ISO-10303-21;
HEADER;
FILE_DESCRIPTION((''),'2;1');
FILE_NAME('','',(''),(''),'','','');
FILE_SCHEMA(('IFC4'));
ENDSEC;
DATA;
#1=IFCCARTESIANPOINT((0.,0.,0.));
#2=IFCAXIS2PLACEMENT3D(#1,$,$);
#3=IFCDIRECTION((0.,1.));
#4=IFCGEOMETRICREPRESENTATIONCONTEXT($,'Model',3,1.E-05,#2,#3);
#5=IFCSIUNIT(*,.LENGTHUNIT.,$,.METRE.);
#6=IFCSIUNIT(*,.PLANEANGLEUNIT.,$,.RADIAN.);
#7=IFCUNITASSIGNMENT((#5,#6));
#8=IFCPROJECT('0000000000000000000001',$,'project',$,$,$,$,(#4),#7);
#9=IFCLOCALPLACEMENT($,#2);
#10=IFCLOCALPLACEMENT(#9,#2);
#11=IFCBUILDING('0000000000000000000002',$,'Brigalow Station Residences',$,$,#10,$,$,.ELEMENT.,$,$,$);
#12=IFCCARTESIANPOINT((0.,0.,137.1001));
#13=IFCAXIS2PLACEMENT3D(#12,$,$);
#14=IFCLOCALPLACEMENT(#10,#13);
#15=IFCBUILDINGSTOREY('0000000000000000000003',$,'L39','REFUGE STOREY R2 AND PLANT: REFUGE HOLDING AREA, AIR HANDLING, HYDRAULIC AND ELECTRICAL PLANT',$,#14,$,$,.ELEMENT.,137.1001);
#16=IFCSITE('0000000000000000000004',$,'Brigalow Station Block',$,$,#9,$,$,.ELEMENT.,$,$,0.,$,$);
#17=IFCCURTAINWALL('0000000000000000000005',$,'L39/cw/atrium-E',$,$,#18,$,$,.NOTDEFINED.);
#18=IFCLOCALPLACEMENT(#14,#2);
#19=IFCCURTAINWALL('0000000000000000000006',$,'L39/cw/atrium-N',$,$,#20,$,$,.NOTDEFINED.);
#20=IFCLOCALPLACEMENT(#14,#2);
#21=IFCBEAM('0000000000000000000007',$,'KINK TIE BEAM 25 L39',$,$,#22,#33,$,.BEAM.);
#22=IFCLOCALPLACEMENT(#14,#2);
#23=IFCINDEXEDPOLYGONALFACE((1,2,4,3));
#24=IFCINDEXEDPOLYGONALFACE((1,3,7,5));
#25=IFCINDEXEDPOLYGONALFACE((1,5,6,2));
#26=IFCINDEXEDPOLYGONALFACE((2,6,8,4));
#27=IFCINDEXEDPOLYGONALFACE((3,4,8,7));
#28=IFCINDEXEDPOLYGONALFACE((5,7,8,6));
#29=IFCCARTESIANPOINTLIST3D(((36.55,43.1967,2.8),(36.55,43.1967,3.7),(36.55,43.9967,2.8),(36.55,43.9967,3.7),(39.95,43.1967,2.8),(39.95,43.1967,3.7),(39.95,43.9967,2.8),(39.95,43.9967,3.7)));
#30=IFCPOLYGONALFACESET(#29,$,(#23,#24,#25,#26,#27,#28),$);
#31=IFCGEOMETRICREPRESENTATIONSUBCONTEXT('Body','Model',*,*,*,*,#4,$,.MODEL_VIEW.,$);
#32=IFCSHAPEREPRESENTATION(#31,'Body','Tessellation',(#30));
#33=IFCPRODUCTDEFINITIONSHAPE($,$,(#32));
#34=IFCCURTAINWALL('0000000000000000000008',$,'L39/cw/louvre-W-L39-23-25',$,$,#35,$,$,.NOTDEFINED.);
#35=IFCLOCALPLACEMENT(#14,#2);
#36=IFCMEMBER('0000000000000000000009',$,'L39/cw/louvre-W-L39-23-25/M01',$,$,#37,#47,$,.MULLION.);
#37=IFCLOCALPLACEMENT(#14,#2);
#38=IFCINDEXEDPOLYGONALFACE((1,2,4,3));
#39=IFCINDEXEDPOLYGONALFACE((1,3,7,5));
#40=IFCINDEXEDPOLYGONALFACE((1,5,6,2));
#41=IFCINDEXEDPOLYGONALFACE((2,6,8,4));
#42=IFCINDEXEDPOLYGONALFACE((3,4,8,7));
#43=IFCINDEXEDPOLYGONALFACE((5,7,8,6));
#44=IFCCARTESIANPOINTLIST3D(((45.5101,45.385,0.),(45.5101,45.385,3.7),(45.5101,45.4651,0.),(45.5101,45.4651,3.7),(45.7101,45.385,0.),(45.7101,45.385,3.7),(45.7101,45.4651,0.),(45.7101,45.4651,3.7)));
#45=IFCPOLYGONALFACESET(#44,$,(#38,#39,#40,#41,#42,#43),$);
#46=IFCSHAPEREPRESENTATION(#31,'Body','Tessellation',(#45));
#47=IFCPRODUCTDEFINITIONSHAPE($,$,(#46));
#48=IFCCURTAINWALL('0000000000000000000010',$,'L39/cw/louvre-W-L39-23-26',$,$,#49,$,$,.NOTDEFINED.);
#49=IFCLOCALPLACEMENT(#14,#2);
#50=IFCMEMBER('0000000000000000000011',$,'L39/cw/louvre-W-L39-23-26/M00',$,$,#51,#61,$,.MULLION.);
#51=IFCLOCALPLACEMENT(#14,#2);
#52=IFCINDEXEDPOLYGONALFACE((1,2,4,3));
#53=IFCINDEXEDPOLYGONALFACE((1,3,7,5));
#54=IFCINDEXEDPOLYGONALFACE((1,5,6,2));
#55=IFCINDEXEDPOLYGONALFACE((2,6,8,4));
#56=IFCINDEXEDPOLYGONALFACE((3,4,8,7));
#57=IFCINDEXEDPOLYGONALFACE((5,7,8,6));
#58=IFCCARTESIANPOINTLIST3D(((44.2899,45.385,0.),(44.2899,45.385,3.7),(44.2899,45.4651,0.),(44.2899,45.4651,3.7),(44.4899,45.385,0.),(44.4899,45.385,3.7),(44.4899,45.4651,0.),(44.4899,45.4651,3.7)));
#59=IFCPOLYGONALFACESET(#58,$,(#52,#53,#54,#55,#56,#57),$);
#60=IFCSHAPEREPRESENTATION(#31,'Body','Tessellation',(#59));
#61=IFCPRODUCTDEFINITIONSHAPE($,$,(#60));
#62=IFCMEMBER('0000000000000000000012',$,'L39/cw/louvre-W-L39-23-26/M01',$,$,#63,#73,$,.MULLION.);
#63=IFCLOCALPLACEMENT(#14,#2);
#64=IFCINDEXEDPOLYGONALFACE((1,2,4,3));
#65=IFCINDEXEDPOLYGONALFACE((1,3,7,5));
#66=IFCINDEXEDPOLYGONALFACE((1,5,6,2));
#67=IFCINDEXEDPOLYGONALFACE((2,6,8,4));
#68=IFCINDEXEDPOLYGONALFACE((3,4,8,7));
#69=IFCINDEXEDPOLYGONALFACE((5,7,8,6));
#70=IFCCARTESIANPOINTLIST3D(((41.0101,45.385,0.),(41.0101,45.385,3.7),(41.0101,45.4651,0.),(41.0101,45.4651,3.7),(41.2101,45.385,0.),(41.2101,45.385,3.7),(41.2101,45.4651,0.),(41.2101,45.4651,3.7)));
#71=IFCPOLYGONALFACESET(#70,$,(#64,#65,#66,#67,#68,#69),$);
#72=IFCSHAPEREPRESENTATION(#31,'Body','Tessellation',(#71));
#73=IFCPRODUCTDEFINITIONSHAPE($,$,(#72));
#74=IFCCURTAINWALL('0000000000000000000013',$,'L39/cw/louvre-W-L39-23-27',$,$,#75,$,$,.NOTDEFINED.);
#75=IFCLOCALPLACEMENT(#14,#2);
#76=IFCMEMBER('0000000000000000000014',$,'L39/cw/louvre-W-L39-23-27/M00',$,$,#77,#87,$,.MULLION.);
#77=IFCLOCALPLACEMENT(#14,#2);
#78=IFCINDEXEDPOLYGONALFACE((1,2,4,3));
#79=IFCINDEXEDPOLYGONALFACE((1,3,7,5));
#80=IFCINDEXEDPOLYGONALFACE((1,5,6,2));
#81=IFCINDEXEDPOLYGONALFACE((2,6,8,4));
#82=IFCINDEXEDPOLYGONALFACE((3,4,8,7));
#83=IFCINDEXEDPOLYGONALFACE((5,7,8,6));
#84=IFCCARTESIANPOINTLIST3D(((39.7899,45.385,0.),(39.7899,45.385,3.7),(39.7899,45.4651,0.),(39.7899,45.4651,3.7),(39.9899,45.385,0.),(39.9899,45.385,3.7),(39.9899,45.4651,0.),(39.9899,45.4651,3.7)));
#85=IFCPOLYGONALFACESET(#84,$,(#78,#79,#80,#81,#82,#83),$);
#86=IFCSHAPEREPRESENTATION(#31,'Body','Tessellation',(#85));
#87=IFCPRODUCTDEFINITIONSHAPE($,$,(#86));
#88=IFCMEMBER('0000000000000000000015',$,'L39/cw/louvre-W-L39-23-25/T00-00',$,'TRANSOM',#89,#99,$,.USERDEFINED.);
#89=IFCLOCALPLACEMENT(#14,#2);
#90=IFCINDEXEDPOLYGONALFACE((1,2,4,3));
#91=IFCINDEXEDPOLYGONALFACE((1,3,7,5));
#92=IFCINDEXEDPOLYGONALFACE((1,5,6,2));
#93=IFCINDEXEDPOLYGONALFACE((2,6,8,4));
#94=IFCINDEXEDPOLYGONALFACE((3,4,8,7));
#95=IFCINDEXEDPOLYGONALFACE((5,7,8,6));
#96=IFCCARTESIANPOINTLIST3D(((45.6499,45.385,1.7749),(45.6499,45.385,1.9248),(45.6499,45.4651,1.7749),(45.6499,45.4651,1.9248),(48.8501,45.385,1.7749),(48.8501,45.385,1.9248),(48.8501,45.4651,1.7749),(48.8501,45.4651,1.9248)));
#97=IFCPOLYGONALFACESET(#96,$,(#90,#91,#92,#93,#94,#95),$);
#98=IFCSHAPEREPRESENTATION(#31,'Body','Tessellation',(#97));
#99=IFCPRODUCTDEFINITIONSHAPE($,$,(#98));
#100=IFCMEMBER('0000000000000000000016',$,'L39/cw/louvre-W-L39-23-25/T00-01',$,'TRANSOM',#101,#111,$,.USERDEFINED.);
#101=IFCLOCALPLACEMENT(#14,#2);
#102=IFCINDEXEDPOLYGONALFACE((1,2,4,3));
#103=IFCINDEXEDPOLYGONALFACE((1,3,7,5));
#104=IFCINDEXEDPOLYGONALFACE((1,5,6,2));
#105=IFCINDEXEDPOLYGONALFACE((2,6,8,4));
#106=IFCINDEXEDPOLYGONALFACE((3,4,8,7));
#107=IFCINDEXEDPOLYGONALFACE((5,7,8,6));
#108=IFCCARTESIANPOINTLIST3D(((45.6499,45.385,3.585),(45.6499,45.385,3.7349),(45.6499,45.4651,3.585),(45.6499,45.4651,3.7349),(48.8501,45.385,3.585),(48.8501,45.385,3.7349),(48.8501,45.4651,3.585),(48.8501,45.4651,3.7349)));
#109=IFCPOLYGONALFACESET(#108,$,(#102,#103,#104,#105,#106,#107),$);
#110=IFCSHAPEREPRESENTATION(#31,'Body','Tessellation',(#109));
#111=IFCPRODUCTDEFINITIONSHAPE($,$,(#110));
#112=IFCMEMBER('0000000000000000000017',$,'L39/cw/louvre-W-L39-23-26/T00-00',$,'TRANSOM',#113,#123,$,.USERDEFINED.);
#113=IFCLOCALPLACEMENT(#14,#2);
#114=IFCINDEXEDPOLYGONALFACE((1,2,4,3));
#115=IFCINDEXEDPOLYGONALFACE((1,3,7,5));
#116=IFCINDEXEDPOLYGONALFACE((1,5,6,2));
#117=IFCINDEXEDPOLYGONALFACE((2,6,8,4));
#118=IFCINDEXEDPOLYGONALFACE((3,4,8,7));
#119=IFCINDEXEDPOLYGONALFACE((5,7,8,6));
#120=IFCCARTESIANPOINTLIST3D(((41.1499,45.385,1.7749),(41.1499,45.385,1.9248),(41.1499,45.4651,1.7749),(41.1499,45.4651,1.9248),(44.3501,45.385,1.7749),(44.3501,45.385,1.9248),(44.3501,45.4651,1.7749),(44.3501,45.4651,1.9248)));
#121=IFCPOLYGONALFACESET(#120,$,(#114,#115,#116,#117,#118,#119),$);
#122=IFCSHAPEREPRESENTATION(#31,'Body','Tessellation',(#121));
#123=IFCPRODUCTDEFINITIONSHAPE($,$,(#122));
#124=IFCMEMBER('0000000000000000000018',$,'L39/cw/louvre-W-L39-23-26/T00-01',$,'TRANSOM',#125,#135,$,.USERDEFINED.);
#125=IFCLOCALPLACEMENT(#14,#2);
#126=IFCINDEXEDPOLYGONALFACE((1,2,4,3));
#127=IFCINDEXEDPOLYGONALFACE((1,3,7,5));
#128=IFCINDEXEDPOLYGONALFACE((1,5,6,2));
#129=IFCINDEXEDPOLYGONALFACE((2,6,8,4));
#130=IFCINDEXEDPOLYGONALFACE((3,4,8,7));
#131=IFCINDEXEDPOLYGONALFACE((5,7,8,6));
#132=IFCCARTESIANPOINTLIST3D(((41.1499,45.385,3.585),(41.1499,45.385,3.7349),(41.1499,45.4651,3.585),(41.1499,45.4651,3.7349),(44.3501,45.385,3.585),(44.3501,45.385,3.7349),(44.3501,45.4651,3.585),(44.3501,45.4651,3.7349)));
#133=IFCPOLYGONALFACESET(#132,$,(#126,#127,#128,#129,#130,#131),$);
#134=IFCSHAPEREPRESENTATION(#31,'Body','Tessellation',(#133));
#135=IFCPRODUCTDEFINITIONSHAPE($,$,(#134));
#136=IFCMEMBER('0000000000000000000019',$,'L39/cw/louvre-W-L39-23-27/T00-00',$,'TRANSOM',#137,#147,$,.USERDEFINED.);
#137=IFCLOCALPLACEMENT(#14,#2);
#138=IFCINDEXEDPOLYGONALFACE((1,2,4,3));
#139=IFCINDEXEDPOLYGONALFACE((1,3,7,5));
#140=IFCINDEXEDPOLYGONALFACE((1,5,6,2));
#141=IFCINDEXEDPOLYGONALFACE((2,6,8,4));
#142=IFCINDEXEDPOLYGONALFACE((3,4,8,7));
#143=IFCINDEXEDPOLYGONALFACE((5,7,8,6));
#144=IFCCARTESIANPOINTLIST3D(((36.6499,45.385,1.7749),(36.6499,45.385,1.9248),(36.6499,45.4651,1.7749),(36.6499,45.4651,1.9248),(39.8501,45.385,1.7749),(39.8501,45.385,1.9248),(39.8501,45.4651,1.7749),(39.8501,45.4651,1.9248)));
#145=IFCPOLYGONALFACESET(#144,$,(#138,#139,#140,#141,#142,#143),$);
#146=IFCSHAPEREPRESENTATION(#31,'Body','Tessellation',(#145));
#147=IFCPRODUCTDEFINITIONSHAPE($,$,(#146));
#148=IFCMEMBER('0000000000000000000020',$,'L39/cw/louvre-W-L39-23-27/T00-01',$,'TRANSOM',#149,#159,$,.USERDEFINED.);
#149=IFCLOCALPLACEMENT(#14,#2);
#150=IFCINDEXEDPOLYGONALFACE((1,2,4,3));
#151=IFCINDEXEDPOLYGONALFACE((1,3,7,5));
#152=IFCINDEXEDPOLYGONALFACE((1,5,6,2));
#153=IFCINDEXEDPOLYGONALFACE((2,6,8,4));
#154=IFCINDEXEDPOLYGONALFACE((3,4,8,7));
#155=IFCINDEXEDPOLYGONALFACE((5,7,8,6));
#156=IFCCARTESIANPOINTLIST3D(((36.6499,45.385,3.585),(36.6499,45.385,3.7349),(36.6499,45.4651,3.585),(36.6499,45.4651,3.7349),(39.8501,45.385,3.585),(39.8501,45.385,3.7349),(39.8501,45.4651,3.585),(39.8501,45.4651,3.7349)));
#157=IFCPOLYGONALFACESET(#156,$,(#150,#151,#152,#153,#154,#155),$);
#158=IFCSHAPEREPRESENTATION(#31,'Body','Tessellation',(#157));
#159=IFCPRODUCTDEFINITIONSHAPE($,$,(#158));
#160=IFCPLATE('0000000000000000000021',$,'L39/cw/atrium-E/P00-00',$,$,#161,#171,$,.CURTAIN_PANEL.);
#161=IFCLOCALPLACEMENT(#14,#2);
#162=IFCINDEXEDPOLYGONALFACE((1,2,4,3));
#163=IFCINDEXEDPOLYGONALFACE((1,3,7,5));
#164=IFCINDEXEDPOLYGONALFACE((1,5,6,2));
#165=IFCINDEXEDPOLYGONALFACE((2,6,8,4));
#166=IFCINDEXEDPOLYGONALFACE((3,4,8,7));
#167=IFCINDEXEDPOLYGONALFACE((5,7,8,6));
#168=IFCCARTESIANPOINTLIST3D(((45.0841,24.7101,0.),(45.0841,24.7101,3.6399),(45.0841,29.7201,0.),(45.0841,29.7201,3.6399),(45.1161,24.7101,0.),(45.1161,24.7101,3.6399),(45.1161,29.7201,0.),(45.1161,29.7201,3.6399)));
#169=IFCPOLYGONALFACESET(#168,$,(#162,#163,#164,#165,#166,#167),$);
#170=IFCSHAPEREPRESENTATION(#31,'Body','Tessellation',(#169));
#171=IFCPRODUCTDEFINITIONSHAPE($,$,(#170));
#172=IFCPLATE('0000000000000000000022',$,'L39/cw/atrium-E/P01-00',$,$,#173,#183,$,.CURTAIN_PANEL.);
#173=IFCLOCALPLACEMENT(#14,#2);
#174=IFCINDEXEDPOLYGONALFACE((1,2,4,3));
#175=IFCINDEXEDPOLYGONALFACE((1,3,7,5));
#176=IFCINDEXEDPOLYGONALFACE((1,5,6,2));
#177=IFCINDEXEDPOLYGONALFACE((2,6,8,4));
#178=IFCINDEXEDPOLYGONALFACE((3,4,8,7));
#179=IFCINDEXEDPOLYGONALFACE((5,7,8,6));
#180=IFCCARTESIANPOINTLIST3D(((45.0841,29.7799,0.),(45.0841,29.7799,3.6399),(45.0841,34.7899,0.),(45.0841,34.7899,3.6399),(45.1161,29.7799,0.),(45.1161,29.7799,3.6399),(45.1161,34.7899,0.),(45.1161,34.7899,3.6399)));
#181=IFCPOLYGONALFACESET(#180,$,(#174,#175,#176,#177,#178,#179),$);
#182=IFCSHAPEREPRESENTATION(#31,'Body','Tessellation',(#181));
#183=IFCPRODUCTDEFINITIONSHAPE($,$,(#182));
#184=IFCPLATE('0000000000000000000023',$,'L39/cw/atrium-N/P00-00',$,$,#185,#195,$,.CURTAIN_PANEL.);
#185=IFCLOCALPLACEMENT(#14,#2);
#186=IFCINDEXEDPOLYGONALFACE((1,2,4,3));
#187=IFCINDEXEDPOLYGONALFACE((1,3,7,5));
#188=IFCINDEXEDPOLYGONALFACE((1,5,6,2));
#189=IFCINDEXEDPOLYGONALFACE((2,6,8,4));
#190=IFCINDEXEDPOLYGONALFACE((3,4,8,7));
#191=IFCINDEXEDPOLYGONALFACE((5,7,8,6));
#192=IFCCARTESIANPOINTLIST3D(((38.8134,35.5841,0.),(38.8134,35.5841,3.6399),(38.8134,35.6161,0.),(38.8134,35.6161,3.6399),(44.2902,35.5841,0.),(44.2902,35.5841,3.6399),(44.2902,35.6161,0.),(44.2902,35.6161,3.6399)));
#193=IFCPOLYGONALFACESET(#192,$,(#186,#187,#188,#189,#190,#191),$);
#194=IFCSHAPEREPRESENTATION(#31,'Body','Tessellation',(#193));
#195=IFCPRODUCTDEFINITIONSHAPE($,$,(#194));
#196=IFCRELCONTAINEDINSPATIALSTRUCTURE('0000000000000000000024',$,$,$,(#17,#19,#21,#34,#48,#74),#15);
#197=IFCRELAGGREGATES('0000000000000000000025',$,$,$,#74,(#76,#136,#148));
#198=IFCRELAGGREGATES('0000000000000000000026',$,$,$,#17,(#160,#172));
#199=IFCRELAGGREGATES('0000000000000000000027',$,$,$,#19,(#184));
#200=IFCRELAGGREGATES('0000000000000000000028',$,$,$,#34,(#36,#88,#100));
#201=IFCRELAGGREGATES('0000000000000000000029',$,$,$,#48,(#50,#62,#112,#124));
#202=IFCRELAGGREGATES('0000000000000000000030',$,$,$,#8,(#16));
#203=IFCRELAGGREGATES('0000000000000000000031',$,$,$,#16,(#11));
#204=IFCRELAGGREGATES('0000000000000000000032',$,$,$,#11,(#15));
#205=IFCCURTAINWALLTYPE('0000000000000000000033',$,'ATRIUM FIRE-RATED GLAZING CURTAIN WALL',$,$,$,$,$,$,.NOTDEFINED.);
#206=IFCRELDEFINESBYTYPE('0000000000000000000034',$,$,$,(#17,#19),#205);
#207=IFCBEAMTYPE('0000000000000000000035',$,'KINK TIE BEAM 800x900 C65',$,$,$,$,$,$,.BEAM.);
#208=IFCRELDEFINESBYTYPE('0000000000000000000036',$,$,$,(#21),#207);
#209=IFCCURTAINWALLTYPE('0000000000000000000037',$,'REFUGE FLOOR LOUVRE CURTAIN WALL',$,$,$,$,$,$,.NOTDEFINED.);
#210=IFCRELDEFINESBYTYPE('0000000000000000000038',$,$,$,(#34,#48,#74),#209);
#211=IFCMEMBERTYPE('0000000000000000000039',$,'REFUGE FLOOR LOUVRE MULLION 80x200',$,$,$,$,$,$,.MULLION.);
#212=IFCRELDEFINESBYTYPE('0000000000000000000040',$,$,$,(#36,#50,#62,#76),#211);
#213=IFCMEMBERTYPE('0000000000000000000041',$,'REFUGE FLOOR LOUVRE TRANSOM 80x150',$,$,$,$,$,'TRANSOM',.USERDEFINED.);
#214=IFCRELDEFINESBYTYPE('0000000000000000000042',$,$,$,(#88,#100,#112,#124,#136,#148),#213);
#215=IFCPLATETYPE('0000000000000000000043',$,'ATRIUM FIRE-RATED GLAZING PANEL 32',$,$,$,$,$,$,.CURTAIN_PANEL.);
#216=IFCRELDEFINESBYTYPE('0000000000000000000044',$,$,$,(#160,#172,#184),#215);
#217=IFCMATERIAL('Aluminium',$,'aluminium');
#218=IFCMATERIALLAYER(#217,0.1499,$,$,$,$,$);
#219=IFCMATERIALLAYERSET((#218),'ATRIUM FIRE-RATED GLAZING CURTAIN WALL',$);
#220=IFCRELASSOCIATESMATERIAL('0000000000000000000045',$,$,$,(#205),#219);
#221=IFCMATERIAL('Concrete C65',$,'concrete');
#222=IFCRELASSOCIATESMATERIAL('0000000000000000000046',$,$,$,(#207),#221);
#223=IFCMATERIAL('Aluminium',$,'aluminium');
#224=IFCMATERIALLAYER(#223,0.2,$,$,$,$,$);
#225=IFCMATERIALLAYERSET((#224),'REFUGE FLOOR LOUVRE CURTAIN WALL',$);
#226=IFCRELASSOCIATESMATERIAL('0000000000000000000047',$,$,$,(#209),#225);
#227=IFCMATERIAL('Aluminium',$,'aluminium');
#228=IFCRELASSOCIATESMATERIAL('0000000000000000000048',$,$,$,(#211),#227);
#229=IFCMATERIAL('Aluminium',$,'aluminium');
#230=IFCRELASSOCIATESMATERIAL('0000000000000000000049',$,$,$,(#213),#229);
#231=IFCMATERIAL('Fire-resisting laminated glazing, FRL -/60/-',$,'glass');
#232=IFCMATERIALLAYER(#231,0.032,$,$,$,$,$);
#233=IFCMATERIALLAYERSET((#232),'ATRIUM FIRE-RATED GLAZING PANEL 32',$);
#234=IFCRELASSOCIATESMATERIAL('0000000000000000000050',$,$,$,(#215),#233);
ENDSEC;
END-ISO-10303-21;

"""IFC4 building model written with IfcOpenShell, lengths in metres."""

from ifc_helpers import new_model, si_unit, direction, frame, origin, origin_2d, place, context, subcontext, project, spatial, rectangle, extrude, material, layer, layer_set, material_profile, profile_set, type_object, element, aggregate, save


model = new_model("IFC4")

# Units and contexts
model_context = context("Model", 3, precision=1e-05, world=origin(), true_north=direction((0.0, 1.0)))
body_context = subcontext(model_context, "Body", "Model", "MODEL_VIEW")
ifc_project = project(units=[si_unit("LENGTHUNIT", "METRE"), si_unit("PLANEANGLEUNIT", "RADIAN")], contexts=[model_context])

# Site, building, storey
site_placement = place(None, origin())
site = spatial("IfcSite", under=ifc_project, at=site_placement, Name="Brigalow Station Block", CompositionType="ELEMENT", RefElevation=0.0)
building_placement = place(site_placement, origin())
building = spatial("IfcBuilding", under=site, at=building_placement, Name="Brigalow Station Residences", CompositionType="ELEMENT")
storey_placement = place(building_placement, frame((0.0, 0.0, 137.1001)))
storey = spatial("IfcBuildingStorey", under=building, at=storey_placement, Name="L39", Description="REFUGE STOREY R2 AND PLANT: REFUGE HOLDING AREA, AIR HANDLING, HYDRAULIC AND ELECTRICAL PLANT", CompositionType="ELEMENT", Elevation=137.1001)

# Curtain walls
ifc_material_1 = material(Name="Aluminium", Category="aluminium")
ifc_layer_1 = layer(ifc_material_1, 0.1499)
ifc_layer_set_1 = layer_set([ifc_layer_1], Name="ATRIUM FIRE-RATED GLAZING CURTAIN WALL")
curtain_wall_type_1 = type_object("IfcCurtainWallType", Name="ATRIUM FIRE-RATED GLAZING CURTAIN WALL", PredefinedType="NOTDEFINED", material=ifc_layer_set_1)
curtain_wall_1_placement = place(storey_placement, origin())
curtain_wall_1 = element("IfcCurtainWall", 1, at=curtain_wall_1_placement, inside=storey, type_object=curtain_wall_type_1, Name="L39/cw/atrium-E", PredefinedType="NOTDEFINED")
curtain_wall_2_placement = place(storey_placement, origin())
curtain_wall_2 = element("IfcCurtainWall", 2, at=curtain_wall_2_placement, inside=storey, type_object=curtain_wall_type_1, Name="L39/cw/atrium-N", PredefinedType="NOTDEFINED")

# Beam
ifc_material_2 = material(Name="Concrete C65", Category="concrete")
ifc_material_profile_1 = material_profile(ifc_material_2, rectangle(XDim=0.8, YDim=0.8999, at=origin_2d()), Name="RC800x900")
ifc_profile_set_1 = profile_set([ifc_material_profile_1], Name="Concrete C65")
beam_type_1 = type_object("IfcBeamType", Name="KINK TIE BEAM 800x900 C65", PredefinedType="BEAM", material=ifc_profile_set_1)
for number, where, z_axis, x_axis, name in (
    (3, (39.95, 43.5967, 3.25), (-1.0, 0.0, 0.0), (0.0, -1.0, 0.0), "KINK TIE BEAM 25 L39"),
):
    element("IfcBeam", number, at=place(storey_placement, frame(where, z_axis=z_axis, x_axis=x_axis)), inside=storey, type_object=beam_type_1, Name=name, PredefinedType="BEAM", context=body_context, shape_type="SweptSolid", body=[
        extrude(rectangle(XDim=0.8, YDim=0.8999, at=origin_2d()), origin(), (0.0, 0.0, 1.0), 3.3999),
    ])

# Curtain wall, member
ifc_material_3 = material(Name="Aluminium", Category="aluminium")
ifc_layer_2 = layer(ifc_material_3, 0.2)
ifc_layer_set_2 = layer_set([ifc_layer_2], Name="REFUGE FLOOR LOUVRE CURTAIN WALL")
curtain_wall_type_2 = type_object("IfcCurtainWallType", Name="REFUGE FLOOR LOUVRE CURTAIN WALL", PredefinedType="NOTDEFINED", material=ifc_layer_set_2)
curtain_wall_3_placement = place(storey_placement, origin())
curtain_wall_3 = element("IfcCurtainWall", 4, at=curtain_wall_3_placement, inside=storey, type_object=curtain_wall_type_2, Name="L39/cw/louvre-W-L39-23-25", PredefinedType="NOTDEFINED")
ifc_material_4 = material(Name="Aluminium", Category="aluminium")
ifc_material_profile_2 = material_profile(ifc_material_4, rectangle(XDim=0.0801, YDim=0.2, at=origin_2d()), Name="REFUGE FLOOR LOUVRE MULLION 80x200")
ifc_profile_set_2 = profile_set([ifc_material_profile_2], Name="Aluminium")
member_type_1 = type_object("IfcMemberType", Name="REFUGE FLOOR LOUVRE MULLION 80x200", PredefinedType="MULLION", material=ifc_profile_set_2)
member_1_placement = place(storey_placement, frame((45.6101, 45.425, 0.0), z_axis=(0.0, 0.0, 1.0), x_axis=(0.0, -1.0, 0.0)))
member_1 = element("IfcMember", 5, at=member_1_placement, type_object=member_type_1, Name="L39/cw/louvre-W-L39-23-25/M01", PredefinedType="MULLION", context=body_context, shape_type="SweptSolid", body=[
    extrude(rectangle(XDim=0.0801, YDim=0.2, at=origin_2d()), origin(), (0.0, 0.0, 1.0), 3.7),
])

# Curtain wall, members
curtain_wall_4_placement = place(storey_placement, origin())
curtain_wall_4 = element("IfcCurtainWall", 6, at=curtain_wall_4_placement, inside=storey, type_object=curtain_wall_type_2, Name="L39/cw/louvre-W-L39-23-26", PredefinedType="NOTDEFINED")
member_2_placement = place(storey_placement, frame((44.3899, 45.425, 0.0), z_axis=(0.0, 0.0, 1.0), x_axis=(0.0, -1.0, 0.0)))
member_2 = element("IfcMember", 7, at=member_2_placement, type_object=member_type_1, Name="L39/cw/louvre-W-L39-23-26/M00", PredefinedType="MULLION", context=body_context, shape_type="SweptSolid", body=[
    extrude(rectangle(XDim=0.0801, YDim=0.2, at=origin_2d()), origin(), (0.0, 0.0, 1.0), 3.7),
])
member_3_placement = place(storey_placement, frame((41.1101, 45.425, 0.0), z_axis=(0.0, 0.0, 1.0), x_axis=(0.0, -1.0, 0.0)))
member_3 = element("IfcMember", 8, at=member_3_placement, type_object=member_type_1, Name="L39/cw/louvre-W-L39-23-26/M01", PredefinedType="MULLION", context=body_context, shape_type="SweptSolid", body=[
    extrude(rectangle(XDim=0.0801, YDim=0.2, at=origin_2d()), origin(), (0.0, 0.0, 1.0), 3.7),
])

# Curtain wall, member
curtain_wall_5_placement = place(storey_placement, origin())
curtain_wall_5 = element("IfcCurtainWall", 9, at=curtain_wall_5_placement, inside=storey, type_object=curtain_wall_type_2, Name="L39/cw/louvre-W-L39-23-27", PredefinedType="NOTDEFINED")
member_4_placement = place(storey_placement, frame((39.8899, 45.425, 0.0), z_axis=(0.0, 0.0, 1.0), x_axis=(0.0, -1.0, 0.0)))
member_4 = element("IfcMember", 10, at=member_4_placement, type_object=member_type_1, Name="L39/cw/louvre-W-L39-23-27/M00", PredefinedType="MULLION", context=body_context, shape_type="SweptSolid", body=[
    extrude(rectangle(XDim=0.0801, YDim=0.2, at=origin_2d()), origin(), (0.0, 0.0, 1.0), 3.7),
])

# Members
ifc_material_5 = material(Name="Aluminium", Category="aluminium")
ifc_material_profile_3 = material_profile(ifc_material_5, rectangle(XDim=0.0801, YDim=0.1499, at=origin_2d()), Name="REFUGE FLOOR LOUVRE TRANSOM 80x150")
ifc_profile_set_3 = profile_set([ifc_material_profile_3], Name="Aluminium")
member_type_2 = type_object("IfcMemberType", Name="REFUGE FLOOR LOUVRE TRANSOM 80x150", ElementType="TRANSOM", PredefinedType="USERDEFINED", material=ifc_profile_set_3)
member_5_placement = place(storey_placement, frame((48.8501, 45.425, 1.8499), z_axis=(-1.0, 0.0, 0.0), x_axis=(0.0, -1.0, 0.0)))
member_5 = element("IfcMember", 11, at=member_5_placement, type_object=member_type_2, Name="L39/cw/louvre-W-L39-23-25/T00-00", ObjectType="TRANSOM", PredefinedType="USERDEFINED", context=body_context, shape_type="SweptSolid", body=[
    extrude(rectangle(XDim=0.0801, YDim=0.1499, at=origin_2d()), origin(), (0.0, 0.0, 1.0), 3.2002),
])
member_6_placement = place(storey_placement, frame((48.8501, 45.425, 3.6599), z_axis=(-1.0, 0.0, 0.0), x_axis=(0.0, -1.0, 0.0)))
member_6 = element("IfcMember", 12, at=member_6_placement, type_object=member_type_2, Name="L39/cw/louvre-W-L39-23-25/T00-01", ObjectType="TRANSOM", PredefinedType="USERDEFINED", context=body_context, shape_type="SweptSolid", body=[
    extrude(rectangle(XDim=0.0801, YDim=0.1499, at=origin_2d()), origin(), (0.0, 0.0, 1.0), 3.2002),
])
member_7_placement = place(storey_placement, frame((44.3501, 45.425, 1.8499), z_axis=(-1.0, 0.0, 0.0), x_axis=(0.0, -1.0, 0.0)))
member_7 = element("IfcMember", 13, at=member_7_placement, type_object=member_type_2, Name="L39/cw/louvre-W-L39-23-26/T00-00", ObjectType="TRANSOM", PredefinedType="USERDEFINED", context=body_context, shape_type="SweptSolid", body=[
    extrude(rectangle(XDim=0.0801, YDim=0.1499, at=origin_2d()), origin(), (0.0, 0.0, 1.0), 3.2002),
])
member_8_placement = place(storey_placement, frame((44.3501, 45.425, 3.6599), z_axis=(-1.0, 0.0, 0.0), x_axis=(0.0, -1.0, 0.0)))
member_8 = element("IfcMember", 14, at=member_8_placement, type_object=member_type_2, Name="L39/cw/louvre-W-L39-23-26/T00-01", ObjectType="TRANSOM", PredefinedType="USERDEFINED", context=body_context, shape_type="SweptSolid", body=[
    extrude(rectangle(XDim=0.0801, YDim=0.1499, at=origin_2d()), origin(), (0.0, 0.0, 1.0), 3.2002),
])
member_9_placement = place(storey_placement, frame((39.8501, 45.425, 1.8499), z_axis=(-1.0, 0.0, 0.0), x_axis=(0.0, -1.0, 0.0)))
member_9 = element("IfcMember", 15, at=member_9_placement, type_object=member_type_2, Name="L39/cw/louvre-W-L39-23-27/T00-00", ObjectType="TRANSOM", PredefinedType="USERDEFINED", context=body_context, shape_type="SweptSolid", body=[
    extrude(rectangle(XDim=0.0801, YDim=0.1499, at=origin_2d()), origin(), (0.0, 0.0, 1.0), 3.2002),
])
member_10_placement = place(storey_placement, frame((39.8501, 45.425, 3.6599), z_axis=(-1.0, 0.0, 0.0), x_axis=(0.0, -1.0, 0.0)))
member_10 = element("IfcMember", 16, at=member_10_placement, type_object=member_type_2, Name="L39/cw/louvre-W-L39-23-27/T00-01", ObjectType="TRANSOM", PredefinedType="USERDEFINED", context=body_context, shape_type="SweptSolid", body=[
    extrude(rectangle(XDim=0.0801, YDim=0.1499, at=origin_2d()), origin(), (0.0, 0.0, 1.0), 3.2002),
])
aggregate(curtain_wall_5, [member_4, member_9, member_10])

# Plates
ifc_material_6 = material(Name="Fire-resisting laminated glazing, FRL -/60/-", Category="glass")
ifc_layer_3 = layer(ifc_material_6, 0.032)
ifc_layer_set_3 = layer_set([ifc_layer_3], Name="ATRIUM FIRE-RATED GLAZING PANEL 32")
plate_type_1 = type_object("IfcPlateType", Name="ATRIUM FIRE-RATED GLAZING PANEL 32", PredefinedType="CURTAIN_PANEL", material=ifc_layer_set_3)
plate_1_placement = place(storey_placement, frame((45.1001, 27.2151, 0.0), z_axis=(0.0, 0.0, 1.0), x_axis=(0.0, 1.0, 0.0)))
plate_1 = element("IfcPlate", 17, at=plate_1_placement, type_object=plate_type_1, Name="L39/cw/atrium-E/P00-00", PredefinedType="CURTAIN_PANEL", context=body_context, shape_type="SweptSolid", body=[
    extrude(rectangle(XDim=5.01, YDim=0.032, at=origin_2d()), origin(), (0.0, 0.0, 1.0), 3.6399),
])
plate_2_placement = place(storey_placement, frame((45.1001, 32.2849, 0.0), z_axis=(0.0, 0.0, 1.0), x_axis=(0.0, 1.0, 0.0)))
plate_2 = element("IfcPlate", 18, at=plate_2_placement, type_object=plate_type_1, Name="L39/cw/atrium-E/P01-00", PredefinedType="CURTAIN_PANEL", context=body_context, shape_type="SweptSolid", body=[
    extrude(rectangle(XDim=5.01, YDim=0.032, at=origin_2d()), origin(), (0.0, 0.0, 1.0), 3.6399),
])
aggregate(curtain_wall_1, [plate_1, plate_2])
plate_3_placement = place(storey_placement, frame((41.5518, 35.6001, 0.0), z_axis=(0.0, 0.0, 1.0), x_axis=(-1.0, 0.0, 0.0)))
plate_3 = element("IfcPlate", 19, at=plate_3_placement, type_object=plate_type_1, Name="L39/cw/atrium-N/P00-00", PredefinedType="CURTAIN_PANEL", context=body_context, shape_type="SweptSolid", body=[
    extrude(rectangle(XDim=5.4768, YDim=0.032, at=origin_2d()), origin(), (0.0, 0.0, 1.0), 3.6399),
])
aggregate(curtain_wall_2, [plate_3])
aggregate(curtain_wall_3, [member_1, member_5, member_6])
aggregate(curtain_wall_4, [member_2, member_3, member_7, member_8])

save(model, "model.ifc")
